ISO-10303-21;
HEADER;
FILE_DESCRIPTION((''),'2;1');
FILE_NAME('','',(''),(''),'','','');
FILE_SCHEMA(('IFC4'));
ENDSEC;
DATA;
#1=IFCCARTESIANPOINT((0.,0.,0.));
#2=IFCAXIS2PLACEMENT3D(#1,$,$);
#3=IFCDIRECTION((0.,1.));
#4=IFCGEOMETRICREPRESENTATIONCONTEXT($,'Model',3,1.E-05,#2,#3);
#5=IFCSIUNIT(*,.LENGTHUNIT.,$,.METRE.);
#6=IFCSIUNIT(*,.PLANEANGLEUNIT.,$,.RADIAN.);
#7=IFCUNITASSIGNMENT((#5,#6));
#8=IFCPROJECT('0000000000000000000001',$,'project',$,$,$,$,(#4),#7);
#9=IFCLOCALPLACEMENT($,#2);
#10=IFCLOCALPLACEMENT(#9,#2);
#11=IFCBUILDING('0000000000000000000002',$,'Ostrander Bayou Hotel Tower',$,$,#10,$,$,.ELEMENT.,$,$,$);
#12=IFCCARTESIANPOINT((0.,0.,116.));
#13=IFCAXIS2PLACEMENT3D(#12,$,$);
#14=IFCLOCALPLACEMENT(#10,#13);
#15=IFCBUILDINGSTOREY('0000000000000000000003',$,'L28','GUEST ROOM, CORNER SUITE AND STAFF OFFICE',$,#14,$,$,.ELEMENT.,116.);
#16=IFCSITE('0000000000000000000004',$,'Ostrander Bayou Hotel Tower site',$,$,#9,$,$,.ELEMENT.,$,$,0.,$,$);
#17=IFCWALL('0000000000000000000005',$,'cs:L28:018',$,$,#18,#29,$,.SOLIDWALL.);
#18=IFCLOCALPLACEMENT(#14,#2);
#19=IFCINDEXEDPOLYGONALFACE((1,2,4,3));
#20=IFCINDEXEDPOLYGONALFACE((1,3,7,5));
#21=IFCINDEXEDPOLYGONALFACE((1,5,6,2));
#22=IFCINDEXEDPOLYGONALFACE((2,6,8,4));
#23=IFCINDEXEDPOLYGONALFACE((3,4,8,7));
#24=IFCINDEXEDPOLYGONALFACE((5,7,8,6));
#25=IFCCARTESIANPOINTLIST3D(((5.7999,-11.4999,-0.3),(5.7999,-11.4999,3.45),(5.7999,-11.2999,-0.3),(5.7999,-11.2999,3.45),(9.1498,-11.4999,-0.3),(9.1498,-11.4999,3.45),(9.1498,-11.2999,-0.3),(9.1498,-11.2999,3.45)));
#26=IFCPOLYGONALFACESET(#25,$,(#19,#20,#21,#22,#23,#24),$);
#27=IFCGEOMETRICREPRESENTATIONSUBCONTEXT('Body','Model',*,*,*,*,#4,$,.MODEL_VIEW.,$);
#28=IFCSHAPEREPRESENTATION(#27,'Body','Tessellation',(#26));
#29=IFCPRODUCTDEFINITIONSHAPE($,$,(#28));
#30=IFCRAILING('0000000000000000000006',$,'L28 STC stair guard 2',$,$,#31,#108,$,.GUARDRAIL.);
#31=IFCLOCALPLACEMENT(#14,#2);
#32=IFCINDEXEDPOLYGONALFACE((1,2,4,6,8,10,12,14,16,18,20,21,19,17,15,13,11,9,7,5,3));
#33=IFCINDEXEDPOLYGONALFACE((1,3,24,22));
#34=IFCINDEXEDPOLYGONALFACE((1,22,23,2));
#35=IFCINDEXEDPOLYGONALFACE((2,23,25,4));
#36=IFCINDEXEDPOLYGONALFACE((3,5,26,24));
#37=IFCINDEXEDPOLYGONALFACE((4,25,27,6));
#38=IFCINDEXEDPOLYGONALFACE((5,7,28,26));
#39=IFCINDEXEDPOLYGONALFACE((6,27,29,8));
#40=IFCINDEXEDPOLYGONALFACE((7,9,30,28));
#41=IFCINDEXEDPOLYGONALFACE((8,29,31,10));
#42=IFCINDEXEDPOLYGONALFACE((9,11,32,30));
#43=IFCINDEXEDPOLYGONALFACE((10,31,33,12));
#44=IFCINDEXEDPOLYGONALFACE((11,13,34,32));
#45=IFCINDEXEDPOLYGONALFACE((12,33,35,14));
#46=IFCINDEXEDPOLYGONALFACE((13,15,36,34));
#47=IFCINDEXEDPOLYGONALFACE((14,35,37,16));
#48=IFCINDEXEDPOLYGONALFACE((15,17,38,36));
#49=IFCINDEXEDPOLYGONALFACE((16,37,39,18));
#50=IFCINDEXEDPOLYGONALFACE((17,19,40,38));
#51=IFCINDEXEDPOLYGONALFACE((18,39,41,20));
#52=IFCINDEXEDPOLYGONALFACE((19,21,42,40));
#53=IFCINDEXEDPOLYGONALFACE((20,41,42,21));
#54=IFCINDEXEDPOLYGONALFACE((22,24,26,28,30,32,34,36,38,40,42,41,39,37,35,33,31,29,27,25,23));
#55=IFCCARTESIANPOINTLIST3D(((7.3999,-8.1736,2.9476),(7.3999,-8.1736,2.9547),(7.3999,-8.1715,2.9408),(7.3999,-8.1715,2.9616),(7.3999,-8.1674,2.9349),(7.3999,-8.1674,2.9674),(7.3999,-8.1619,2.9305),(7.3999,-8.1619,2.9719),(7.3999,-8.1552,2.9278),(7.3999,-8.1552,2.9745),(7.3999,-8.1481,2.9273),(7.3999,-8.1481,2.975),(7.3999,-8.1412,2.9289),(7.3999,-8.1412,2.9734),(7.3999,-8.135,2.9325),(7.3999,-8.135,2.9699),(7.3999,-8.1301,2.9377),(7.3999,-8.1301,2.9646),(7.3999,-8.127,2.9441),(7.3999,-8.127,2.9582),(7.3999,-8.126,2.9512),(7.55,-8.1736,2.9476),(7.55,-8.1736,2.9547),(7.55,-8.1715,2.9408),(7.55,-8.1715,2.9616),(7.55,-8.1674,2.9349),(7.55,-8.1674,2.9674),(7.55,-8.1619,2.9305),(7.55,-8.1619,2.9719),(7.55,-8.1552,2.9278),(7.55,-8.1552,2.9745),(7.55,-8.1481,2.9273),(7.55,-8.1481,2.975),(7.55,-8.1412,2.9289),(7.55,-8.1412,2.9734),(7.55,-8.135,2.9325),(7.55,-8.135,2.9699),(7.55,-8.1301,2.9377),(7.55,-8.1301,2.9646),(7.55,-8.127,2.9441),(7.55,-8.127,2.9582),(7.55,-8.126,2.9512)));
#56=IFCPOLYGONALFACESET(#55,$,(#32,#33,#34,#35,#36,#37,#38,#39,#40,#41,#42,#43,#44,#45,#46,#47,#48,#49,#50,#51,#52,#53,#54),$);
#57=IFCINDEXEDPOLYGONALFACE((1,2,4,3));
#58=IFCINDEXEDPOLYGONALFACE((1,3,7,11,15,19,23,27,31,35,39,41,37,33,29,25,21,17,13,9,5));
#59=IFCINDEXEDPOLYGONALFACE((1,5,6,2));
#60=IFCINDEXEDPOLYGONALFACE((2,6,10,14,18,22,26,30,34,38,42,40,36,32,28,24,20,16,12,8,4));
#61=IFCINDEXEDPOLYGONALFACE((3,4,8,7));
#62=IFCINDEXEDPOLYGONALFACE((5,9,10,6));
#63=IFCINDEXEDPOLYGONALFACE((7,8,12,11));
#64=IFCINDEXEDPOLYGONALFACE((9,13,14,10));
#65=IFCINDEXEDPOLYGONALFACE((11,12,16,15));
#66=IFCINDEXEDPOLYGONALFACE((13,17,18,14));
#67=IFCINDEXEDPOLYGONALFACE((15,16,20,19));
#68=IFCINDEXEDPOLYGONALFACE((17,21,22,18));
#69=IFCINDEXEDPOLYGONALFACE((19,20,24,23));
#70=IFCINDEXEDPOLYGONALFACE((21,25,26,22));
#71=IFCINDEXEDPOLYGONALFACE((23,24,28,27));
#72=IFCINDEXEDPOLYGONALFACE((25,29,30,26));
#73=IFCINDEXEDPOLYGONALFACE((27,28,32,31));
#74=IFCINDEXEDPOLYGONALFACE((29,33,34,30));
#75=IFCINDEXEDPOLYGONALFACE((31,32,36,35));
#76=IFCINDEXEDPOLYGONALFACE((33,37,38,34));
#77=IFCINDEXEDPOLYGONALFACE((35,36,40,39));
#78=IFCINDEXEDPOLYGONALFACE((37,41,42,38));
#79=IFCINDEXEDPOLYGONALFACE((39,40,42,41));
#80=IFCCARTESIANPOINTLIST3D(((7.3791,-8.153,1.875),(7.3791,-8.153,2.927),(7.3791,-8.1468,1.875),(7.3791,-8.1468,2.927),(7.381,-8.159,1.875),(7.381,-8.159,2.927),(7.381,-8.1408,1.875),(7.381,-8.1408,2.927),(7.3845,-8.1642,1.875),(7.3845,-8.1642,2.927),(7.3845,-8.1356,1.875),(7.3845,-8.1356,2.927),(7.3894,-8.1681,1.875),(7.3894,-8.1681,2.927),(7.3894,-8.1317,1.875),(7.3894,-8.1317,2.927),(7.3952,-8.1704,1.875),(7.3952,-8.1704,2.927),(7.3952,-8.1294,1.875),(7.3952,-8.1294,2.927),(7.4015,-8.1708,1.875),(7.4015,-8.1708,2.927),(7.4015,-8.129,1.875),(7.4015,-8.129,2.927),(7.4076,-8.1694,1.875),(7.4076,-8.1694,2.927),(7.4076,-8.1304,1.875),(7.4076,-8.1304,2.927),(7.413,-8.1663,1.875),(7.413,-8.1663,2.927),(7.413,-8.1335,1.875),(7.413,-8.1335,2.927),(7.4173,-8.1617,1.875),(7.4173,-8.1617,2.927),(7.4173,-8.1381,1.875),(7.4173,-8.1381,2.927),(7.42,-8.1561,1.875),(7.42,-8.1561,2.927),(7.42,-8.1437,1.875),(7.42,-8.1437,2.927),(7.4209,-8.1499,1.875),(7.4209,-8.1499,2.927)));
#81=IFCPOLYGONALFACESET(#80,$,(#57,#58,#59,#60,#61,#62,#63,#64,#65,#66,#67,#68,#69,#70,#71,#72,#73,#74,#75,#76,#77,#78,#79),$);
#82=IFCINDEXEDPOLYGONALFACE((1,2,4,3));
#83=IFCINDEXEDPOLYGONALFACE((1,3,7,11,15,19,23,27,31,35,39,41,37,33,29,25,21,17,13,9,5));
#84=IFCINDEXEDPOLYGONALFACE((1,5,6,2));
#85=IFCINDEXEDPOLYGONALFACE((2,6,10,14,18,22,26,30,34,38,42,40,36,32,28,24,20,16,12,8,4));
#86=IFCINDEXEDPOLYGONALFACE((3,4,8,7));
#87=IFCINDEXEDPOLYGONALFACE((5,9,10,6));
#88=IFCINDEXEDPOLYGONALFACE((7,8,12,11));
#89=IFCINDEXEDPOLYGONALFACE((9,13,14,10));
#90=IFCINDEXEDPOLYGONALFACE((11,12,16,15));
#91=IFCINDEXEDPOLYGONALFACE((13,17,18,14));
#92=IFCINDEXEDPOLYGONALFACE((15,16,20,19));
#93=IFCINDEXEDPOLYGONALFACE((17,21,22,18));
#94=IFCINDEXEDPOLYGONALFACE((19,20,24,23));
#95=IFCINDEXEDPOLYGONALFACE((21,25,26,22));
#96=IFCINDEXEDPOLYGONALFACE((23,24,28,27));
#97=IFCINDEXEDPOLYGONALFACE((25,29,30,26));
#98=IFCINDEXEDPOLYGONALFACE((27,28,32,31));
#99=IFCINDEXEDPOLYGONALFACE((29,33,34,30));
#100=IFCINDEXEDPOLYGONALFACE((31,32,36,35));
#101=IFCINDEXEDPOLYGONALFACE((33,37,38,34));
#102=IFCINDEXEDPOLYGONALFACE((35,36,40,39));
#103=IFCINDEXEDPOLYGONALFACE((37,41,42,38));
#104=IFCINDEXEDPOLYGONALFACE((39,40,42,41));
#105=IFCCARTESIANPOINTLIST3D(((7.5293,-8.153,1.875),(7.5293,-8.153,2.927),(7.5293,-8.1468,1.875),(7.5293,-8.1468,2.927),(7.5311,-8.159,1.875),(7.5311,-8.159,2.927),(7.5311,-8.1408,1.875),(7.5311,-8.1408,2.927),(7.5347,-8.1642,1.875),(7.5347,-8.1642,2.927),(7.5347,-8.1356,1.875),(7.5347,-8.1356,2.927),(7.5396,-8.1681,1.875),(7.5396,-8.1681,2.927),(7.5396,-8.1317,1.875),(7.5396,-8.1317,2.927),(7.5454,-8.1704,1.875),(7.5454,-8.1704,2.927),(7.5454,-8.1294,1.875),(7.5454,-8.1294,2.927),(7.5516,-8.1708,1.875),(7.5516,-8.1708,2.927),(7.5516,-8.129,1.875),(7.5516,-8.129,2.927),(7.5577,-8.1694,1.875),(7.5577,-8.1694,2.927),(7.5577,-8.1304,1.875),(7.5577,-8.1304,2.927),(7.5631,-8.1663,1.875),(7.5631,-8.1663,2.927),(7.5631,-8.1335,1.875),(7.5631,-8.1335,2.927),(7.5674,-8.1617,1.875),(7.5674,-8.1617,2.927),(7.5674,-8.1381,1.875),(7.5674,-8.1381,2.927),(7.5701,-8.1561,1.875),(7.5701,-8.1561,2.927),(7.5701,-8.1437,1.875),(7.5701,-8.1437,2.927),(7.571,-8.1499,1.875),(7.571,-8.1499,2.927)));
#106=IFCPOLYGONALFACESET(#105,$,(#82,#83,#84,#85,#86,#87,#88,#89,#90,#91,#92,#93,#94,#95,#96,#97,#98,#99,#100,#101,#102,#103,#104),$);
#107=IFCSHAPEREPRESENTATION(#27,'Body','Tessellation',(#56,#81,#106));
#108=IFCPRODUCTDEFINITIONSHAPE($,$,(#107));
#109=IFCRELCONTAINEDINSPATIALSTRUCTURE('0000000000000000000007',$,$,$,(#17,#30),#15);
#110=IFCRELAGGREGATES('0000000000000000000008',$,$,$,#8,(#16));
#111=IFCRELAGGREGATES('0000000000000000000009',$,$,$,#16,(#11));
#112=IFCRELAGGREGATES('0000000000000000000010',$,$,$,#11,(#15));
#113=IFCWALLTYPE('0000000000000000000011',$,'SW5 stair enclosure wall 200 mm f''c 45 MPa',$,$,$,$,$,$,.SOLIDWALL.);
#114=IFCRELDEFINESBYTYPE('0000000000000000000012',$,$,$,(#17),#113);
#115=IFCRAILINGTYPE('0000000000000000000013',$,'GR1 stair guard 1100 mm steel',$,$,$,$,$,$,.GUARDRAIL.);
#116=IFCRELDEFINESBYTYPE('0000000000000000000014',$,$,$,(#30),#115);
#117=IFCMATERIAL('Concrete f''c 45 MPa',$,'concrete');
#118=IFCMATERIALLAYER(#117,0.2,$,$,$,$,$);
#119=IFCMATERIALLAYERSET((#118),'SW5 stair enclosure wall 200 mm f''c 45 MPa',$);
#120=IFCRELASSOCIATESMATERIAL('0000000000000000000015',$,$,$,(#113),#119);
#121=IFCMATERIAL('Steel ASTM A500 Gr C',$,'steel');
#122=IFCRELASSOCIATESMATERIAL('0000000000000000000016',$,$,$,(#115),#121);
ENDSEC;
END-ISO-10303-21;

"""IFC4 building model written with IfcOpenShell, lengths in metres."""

from ifc_helpers import new_model, si_unit, direction, frame, frame_2d, origin, origin_2d, place, context, subcontext, project, spatial, rectangle, circle, extrude, material, layer, layer_set, type_object, element, save


model = new_model("IFC4")

# Units and contexts
model_context = context("Model", 3, precision=1e-05, world=origin(), true_north=direction((0.0, 1.0)))
body_context = subcontext(model_context, "Body", "Model", "MODEL_VIEW")
ifc_project = project(units=[si_unit("LENGTHUNIT", "METRE"), si_unit("PLANEANGLEUNIT", "RADIAN")], contexts=[model_context])

# Site, building, storey
site_placement = place(None, origin())
site = spatial("IfcSite", under=ifc_project, at=site_placement, Name="Ostrander Bayou Hotel Tower site", CompositionType="ELEMENT", RefElevation=0.0)
building_placement = place(site_placement, origin())
building = spatial("IfcBuilding", under=site, at=building_placement, Name="Ostrander Bayou Hotel Tower", CompositionType="ELEMENT")
storey_placement = place(building_placement, frame((0.0, 0.0, 116.0)))
storey = spatial("IfcBuildingStorey", under=building, at=storey_placement, Name="L28", Description="GUEST ROOM, CORNER SUITE AND STAFF OFFICE", CompositionType="ELEMENT", Elevation=116.0)

# Wall
ifc_material_1 = material(Name="Concrete f'c 45 MPa", Category="concrete")
ifc_layer_1 = layer(ifc_material_1, 0.2)
ifc_layer_set_1 = layer_set([ifc_layer_1], Name="SW5 stair enclosure wall 200 mm f'c 45 MPa")
wall_type_1 = type_object("IfcWallType", Name="SW5 stair enclosure wall 200 mm f'c 45 MPa", PredefinedType="SOLIDWALL", material=ifc_layer_set_1)
wall_1_placement = place(storey_placement, frame((5.8, -11.3999, -0.3), z_axis=(0.0, 0.0, 1.0), x_axis=(1.0, 0.0, 0.0)))
element("IfcWall", 1, at=wall_1_placement, inside=storey, type_object=wall_type_1, Name="cs:L28:018", PredefinedType="SOLIDWALL", context=body_context, shape_type="SweptSolid", body=[
    extrude(rectangle(XDim=3.3499, YDim=0.2, at=frame_2d((1.6748, 0.0))), origin(), (0.0, 0.0, 1.0), 3.75),
])

# Railing
ifc_material_2 = material(Name="Steel ASTM A500 Gr C", Category="steel")
railing_type = type_object("IfcRailingType", Name="GR1 stair guard 1100 mm steel", PredefinedType="GUARDRAIL", material=ifc_material_2)
railing_placement = place(storey_placement, frame((7.3999, -8.1499, 1.875)))
element("IfcRailing", 2, at=railing_placement, inside=storey, type_object=railing_type, Name="L28 STC stair guard 2", PredefinedType="GUARDRAIL", context=body_context, shape_type="SweptSolid", body=[
    extrude(circle(Radius=0.0239, at=origin_2d()), frame((0.0, 0.0, 1.0762), z_axis=(1.0, 0.0, 0.0), x_axis=(0.0, 1.0, 0.0)), (0.0, 0.0, 1.0), 0.1501),
    extrude(circle(Radius=0.021, at=origin_2d()), origin(), (0.0, 0.0, 1.0), 1.052),
    extrude(circle(Radius=0.021, at=origin_2d()), frame((0.1501, 0.0, 0.0)), (0.0, 0.0, 1.0), 1.052),
])

save(model, "model.ifc")
